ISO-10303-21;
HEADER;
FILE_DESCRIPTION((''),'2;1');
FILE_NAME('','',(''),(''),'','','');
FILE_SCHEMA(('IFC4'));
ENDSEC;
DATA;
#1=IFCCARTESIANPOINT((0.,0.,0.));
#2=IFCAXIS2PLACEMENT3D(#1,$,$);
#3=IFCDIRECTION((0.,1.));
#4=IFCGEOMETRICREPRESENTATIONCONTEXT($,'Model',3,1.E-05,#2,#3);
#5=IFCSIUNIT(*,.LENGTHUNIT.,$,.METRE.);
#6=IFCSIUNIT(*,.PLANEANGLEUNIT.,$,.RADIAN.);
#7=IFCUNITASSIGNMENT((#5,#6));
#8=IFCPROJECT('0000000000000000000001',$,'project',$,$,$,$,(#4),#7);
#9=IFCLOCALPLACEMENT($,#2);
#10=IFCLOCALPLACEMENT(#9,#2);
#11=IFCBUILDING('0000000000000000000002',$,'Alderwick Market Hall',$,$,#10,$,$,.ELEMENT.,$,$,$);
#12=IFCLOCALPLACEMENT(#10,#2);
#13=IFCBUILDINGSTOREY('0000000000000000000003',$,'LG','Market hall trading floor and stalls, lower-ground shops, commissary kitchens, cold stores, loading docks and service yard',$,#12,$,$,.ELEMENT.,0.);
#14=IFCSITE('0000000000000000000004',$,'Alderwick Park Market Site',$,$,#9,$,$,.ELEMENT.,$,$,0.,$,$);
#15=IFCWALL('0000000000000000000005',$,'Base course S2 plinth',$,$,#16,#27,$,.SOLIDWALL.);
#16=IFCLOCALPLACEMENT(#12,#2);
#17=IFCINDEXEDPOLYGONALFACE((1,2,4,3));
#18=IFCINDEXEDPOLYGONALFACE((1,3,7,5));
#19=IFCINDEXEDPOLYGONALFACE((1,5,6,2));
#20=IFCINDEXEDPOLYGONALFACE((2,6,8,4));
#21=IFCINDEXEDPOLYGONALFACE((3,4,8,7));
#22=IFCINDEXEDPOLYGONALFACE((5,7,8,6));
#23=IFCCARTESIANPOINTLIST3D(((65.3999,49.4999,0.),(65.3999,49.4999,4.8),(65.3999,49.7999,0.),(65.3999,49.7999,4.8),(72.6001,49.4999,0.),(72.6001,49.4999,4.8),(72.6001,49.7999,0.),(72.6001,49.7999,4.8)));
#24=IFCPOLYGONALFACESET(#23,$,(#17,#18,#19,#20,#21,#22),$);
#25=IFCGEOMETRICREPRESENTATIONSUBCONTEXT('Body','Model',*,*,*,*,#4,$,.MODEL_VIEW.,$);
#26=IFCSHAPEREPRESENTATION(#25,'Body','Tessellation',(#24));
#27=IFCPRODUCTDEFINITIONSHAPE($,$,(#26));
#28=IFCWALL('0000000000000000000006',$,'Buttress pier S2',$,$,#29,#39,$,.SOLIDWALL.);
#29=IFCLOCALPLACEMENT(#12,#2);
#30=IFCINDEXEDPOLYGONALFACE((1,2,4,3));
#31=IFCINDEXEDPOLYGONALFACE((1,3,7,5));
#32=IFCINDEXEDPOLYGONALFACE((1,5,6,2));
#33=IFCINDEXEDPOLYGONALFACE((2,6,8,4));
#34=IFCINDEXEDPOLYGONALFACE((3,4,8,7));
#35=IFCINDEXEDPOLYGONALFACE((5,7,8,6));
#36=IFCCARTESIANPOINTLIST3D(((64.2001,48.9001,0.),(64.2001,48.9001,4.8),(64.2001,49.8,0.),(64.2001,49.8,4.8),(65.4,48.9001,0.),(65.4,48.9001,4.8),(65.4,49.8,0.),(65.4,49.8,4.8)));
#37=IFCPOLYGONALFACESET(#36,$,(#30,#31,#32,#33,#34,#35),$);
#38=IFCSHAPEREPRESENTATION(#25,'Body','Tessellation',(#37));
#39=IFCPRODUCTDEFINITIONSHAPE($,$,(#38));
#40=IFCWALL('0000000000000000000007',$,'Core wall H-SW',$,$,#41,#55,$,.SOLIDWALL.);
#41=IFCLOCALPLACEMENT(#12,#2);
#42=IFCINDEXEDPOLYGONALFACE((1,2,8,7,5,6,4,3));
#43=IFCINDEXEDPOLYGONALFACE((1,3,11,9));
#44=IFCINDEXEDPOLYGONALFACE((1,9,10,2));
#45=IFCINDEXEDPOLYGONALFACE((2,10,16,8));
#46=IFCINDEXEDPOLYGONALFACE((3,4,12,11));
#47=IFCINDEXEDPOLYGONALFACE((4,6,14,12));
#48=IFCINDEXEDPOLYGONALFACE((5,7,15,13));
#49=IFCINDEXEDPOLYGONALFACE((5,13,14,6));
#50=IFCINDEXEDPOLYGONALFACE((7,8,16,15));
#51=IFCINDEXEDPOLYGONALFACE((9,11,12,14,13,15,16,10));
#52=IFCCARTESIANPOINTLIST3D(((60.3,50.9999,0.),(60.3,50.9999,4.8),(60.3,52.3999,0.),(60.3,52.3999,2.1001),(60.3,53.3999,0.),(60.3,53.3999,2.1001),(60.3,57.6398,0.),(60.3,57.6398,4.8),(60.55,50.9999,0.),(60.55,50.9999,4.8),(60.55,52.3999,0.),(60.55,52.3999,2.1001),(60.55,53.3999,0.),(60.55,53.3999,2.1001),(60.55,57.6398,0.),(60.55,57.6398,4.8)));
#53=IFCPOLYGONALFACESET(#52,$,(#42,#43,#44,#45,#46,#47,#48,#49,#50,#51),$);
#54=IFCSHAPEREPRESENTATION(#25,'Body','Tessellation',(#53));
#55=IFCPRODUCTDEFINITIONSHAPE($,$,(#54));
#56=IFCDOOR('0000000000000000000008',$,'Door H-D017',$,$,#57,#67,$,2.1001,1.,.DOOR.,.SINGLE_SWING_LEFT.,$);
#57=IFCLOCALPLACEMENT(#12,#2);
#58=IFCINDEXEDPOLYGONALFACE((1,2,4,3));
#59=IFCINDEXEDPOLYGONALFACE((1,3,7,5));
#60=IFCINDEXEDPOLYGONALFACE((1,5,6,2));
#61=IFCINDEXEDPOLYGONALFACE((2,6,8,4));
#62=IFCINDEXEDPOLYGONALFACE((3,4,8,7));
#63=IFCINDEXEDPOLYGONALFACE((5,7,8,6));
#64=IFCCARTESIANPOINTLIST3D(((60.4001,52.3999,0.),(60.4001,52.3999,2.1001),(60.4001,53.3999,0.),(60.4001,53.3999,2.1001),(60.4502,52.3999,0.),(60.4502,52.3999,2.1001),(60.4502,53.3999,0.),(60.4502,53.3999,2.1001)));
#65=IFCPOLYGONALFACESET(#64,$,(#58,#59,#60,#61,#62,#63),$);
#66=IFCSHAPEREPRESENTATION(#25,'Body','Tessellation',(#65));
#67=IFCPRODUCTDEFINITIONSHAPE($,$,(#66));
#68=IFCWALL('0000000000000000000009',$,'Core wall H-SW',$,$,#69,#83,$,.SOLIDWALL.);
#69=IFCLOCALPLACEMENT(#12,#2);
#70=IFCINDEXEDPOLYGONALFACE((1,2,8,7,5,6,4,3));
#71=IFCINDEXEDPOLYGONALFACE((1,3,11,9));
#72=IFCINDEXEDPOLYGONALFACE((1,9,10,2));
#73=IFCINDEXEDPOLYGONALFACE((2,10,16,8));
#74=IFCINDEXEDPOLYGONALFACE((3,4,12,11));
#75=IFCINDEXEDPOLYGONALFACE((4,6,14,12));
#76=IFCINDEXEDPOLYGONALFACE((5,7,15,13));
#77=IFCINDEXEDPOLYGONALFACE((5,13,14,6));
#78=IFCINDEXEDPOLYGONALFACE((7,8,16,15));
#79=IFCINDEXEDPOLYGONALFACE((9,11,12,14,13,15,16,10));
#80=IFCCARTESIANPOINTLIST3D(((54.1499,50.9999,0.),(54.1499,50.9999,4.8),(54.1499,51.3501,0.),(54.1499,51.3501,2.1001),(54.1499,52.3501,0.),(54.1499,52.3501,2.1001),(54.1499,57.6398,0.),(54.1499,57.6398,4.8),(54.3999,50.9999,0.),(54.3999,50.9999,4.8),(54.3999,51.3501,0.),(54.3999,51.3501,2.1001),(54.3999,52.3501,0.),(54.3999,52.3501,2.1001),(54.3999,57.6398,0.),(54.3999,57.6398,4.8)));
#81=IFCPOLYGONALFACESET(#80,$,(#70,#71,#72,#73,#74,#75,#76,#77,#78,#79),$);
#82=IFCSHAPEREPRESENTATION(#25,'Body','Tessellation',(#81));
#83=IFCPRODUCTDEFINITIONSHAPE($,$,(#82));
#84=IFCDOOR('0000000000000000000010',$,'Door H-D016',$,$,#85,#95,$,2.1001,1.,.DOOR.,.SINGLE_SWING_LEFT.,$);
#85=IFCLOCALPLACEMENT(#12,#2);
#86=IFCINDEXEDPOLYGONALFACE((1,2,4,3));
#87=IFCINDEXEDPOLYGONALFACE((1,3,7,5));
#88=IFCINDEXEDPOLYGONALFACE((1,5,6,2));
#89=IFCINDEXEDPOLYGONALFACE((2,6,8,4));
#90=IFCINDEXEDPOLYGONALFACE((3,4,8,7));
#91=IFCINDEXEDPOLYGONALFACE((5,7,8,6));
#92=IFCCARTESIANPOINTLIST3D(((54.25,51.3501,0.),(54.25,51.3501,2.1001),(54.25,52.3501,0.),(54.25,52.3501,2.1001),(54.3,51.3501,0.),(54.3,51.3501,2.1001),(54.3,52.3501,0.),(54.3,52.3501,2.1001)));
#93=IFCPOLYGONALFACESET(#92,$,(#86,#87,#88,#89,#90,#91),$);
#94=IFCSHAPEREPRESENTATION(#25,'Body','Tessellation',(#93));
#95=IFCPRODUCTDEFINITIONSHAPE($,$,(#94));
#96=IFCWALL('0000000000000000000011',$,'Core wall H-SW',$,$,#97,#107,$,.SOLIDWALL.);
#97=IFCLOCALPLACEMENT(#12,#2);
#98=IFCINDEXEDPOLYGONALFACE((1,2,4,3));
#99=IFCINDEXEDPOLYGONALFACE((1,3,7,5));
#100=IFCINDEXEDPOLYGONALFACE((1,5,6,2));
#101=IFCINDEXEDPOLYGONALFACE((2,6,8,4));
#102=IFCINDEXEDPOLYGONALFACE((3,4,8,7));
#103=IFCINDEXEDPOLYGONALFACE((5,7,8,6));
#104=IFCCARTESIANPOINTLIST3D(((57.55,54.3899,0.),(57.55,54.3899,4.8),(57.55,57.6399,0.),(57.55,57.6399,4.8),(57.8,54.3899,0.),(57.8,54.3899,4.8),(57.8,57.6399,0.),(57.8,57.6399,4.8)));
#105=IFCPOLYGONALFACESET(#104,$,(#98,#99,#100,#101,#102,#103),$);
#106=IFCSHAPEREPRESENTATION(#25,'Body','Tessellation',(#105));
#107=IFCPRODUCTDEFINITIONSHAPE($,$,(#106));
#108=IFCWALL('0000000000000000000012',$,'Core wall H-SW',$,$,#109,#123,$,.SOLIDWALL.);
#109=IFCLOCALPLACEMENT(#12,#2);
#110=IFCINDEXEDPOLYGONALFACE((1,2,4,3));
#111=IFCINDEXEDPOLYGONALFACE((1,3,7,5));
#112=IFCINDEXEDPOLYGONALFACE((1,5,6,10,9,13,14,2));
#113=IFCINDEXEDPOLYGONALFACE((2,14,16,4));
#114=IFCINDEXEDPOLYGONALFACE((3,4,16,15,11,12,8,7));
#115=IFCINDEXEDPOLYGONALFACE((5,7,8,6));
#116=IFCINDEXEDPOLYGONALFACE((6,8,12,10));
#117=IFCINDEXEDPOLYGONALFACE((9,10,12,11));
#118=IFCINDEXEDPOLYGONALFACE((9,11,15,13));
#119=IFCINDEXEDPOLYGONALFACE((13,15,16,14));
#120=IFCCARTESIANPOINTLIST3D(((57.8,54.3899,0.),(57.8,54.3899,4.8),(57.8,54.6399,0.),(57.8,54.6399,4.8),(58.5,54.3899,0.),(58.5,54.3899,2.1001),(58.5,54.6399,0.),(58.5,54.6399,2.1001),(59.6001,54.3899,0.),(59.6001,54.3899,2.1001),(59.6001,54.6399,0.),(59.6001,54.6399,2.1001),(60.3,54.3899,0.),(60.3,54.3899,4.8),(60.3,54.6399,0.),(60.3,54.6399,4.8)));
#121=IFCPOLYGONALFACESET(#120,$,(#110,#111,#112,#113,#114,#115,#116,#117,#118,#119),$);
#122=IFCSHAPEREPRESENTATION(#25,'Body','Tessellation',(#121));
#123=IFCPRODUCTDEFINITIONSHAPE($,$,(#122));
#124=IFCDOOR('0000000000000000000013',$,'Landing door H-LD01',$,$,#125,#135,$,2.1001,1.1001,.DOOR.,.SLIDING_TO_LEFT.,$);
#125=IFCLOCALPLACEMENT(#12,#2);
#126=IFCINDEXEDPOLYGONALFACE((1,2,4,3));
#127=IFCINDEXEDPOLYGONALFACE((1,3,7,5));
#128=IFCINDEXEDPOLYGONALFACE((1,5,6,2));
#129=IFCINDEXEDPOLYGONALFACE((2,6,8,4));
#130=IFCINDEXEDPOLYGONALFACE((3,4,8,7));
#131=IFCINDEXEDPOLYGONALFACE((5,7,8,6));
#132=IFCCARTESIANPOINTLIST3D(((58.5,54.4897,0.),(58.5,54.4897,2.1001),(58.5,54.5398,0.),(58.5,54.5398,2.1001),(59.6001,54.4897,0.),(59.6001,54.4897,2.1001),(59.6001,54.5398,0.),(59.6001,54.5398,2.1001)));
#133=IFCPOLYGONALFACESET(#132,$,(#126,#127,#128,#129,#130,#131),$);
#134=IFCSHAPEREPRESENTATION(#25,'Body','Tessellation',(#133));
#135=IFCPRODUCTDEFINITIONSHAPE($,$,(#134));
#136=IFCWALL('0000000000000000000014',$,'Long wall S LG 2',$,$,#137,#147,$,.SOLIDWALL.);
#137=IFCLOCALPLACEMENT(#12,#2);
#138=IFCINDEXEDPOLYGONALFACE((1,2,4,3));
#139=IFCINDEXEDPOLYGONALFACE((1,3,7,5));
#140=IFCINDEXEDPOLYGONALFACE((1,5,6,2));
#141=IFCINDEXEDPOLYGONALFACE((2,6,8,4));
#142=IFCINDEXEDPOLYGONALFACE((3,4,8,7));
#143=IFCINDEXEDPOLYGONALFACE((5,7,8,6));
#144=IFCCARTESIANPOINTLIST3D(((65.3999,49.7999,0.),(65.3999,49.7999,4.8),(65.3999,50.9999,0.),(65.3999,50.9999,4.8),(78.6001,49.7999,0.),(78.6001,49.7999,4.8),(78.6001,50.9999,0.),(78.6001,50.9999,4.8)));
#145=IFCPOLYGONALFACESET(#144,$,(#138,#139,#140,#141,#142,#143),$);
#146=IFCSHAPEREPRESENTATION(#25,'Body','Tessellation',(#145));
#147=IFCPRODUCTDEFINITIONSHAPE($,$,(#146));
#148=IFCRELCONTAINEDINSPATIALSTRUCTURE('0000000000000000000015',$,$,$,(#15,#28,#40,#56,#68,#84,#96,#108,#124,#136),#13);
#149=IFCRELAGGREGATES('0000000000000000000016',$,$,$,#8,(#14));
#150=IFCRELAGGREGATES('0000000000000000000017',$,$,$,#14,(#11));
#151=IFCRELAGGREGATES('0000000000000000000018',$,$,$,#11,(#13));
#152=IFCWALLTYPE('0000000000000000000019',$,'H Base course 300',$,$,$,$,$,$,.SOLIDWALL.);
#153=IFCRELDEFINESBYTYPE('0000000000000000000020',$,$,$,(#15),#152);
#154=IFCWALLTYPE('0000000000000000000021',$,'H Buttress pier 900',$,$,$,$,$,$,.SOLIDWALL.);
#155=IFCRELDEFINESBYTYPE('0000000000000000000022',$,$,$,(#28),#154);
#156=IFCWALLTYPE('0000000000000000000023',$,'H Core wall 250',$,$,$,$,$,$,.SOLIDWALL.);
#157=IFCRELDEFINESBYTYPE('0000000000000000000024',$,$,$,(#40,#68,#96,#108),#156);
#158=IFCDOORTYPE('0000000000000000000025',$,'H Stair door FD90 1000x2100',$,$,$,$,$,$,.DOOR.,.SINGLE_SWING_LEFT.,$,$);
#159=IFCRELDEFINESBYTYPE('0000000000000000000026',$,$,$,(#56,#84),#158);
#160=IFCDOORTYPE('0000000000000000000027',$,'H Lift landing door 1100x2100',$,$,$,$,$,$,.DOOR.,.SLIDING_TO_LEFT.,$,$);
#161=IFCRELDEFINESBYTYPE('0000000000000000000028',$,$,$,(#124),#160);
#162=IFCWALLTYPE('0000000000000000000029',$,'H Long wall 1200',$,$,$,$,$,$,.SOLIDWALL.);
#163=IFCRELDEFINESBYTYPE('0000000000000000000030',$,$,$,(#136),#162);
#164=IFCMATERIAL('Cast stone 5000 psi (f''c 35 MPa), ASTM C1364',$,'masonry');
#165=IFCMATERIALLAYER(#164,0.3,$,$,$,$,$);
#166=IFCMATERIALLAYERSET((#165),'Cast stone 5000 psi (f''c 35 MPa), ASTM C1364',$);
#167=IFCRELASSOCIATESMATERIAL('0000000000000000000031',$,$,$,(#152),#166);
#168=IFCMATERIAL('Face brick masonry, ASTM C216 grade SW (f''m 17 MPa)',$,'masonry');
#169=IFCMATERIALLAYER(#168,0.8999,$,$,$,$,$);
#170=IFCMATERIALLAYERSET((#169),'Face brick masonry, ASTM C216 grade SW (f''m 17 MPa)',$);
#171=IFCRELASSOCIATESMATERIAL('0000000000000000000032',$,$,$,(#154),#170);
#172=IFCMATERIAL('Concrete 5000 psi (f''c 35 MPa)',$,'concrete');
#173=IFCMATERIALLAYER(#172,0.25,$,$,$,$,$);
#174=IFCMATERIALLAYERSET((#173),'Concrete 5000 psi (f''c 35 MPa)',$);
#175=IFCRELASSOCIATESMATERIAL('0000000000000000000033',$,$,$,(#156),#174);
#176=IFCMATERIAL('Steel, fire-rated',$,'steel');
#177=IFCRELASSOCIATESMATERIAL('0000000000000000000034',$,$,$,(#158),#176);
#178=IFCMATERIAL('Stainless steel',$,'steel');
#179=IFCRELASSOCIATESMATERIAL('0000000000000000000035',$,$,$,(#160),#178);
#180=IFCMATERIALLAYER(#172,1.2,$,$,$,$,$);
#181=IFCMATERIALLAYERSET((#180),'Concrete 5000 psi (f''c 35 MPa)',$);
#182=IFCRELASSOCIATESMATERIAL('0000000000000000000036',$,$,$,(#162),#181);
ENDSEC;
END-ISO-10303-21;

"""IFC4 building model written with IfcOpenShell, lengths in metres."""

from ifc_helpers import new_model, si_unit, direction, frame, frame_2d, origin, place, context, subcontext, project, spatial, rectangle, extrude, material, layer, layer_set, type_object, element, fill, save


model = new_model("IFC4")

# Units and contexts
model_context = context("Model", 3, precision=1e-05, world=origin(), true_north=direction((0.0, 1.0)))
body_context = subcontext(model_context, "Body", "Model", "MODEL_VIEW")
ifc_project = project(units=[si_unit("LENGTHUNIT", "METRE"), si_unit("PLANEANGLEUNIT", "RADIAN")], contexts=[model_context])

# Site, building, storey
site_placement = place(None, origin())
site = spatial("IfcSite", under=ifc_project, at=site_placement, Name="Alderwick Park Market Site", CompositionType="ELEMENT", RefElevation=0.0)
building_placement = place(site_placement, origin())
building = spatial("IfcBuilding", under=site, at=building_placement, Name="Alderwick Market Hall", CompositionType="ELEMENT")
storey_placement = place(building_placement, origin())
storey = spatial("IfcBuildingStorey", under=building, at=storey_placement, Name="LG", Description="Market hall trading floor and stalls, lower-ground shops, commissary kitchens, cold stores, loading docks and service yard", CompositionType="ELEMENT", Elevation=0.0)

# Shared definitions
ifc_material_1 = material(Name="Concrete 5000 psi (f'c 35 MPa)", Category="concrete")

# Walls
ifc_material_2 = material(Name="Cast stone 5000 psi (f'c 35 MPa), ASTM C1364", Category="masonry")
ifc_layer_1 = layer(ifc_material_2, 0.3)
ifc_layer_set_1 = layer_set([ifc_layer_1], Name="Cast stone 5000 psi (f'c 35 MPa), ASTM C1364")
wall_type_1 = type_object("IfcWallType", Name="H Base course 300", PredefinedType="SOLIDWALL", material=ifc_layer_set_1)
wall_1_placement = place(storey_placement, frame((65.3999, 49.6499, 0.0), z_axis=(0.0, 0.0, 1.0), x_axis=(1.0, 0.0, 0.0)))
element("IfcWall", 1, at=wall_1_placement, inside=storey, type_object=wall_type_1, Name="Base course S2 plinth", PredefinedType="SOLIDWALL", context=body_context, shape_type="SweptSolid", body=[
    extrude(rectangle(XDim=7.2002, YDim=0.3, at=frame_2d((3.6001, 0.0))), origin(), (0.0, 0.0, 1.0), 4.8),
])
ifc_material_3 = material(Name="Face brick masonry, ASTM C216 grade SW (f'm 17 MPa)", Category="masonry")
ifc_layer_2 = layer(ifc_material_3, 0.8999)
ifc_layer_set_2 = layer_set([ifc_layer_2], Name="Face brick masonry, ASTM C216 grade SW (f'm 17 MPa)")
wall_type_2 = type_object("IfcWallType", Name="H Buttress pier 900", PredefinedType="SOLIDWALL", material=ifc_layer_set_2)
wall_2_placement = place(storey_placement, frame((64.2, 49.3501, 0.0), z_axis=(0.0, 0.0, 1.0), x_axis=(1.0, 0.0, 0.0)))
element("IfcWall", 2, at=wall_2_placement, inside=storey, type_object=wall_type_2, Name="Buttress pier S2", PredefinedType="SOLIDWALL", context=body_context, shape_type="SweptSolid", body=[
    extrude(rectangle(XDim=1.2, YDim=0.8999, at=frame_2d((0.6001, 0.0))), origin(), (0.0, 0.0, 1.0), 4.8),
])

# Walls, openings, doors
ifc_layer_3 = layer(ifc_material_1, 0.25)
ifc_layer_set_3 = layer_set([ifc_layer_3], Name="Concrete 5000 psi (f'c 35 MPa)")
wall_type_3 = type_object("IfcWallType", Name="H Core wall 250", PredefinedType="SOLIDWALL", material=ifc_layer_set_3)
wall_3_placement = place(storey_placement, frame((60.425, 51.0, 0.0), z_axis=(0.0, 0.0, 1.0), x_axis=(0.0, 1.0, 0.0)))
wall_3 = element("IfcWall", 3, at=wall_3_placement, inside=storey, type_object=wall_type_3, Name="Core wall H-SW", PredefinedType="SOLIDWALL", context=body_context, shape_type="SweptSolid", body=[
    extrude(rectangle(XDim=6.6399, YDim=0.25, at=frame_2d((3.3198, 0.0))), origin(), (0.0, 0.0, 1.0), 4.8),
])
opening_1_placement = place(wall_3_placement, frame((1.3999, 0.0, 0.0)))
opening_1 = element("IfcOpeningElement", 4, at=opening_1_placement, cuts=wall_3, PredefinedType="OPENING", context=body_context, shape_type="SweptSolid", body=[
    extrude(rectangle(XDim=1.0, YDim=2.1001, at=frame_2d((0.5, 1.05))), frame((0.0, 0.135, 0.0), z_axis=(0.0, -1.0, 0.0), x_axis=(1.0, 0.0, 0.0)), (0.0, 0.0, 1.0), 0.27),
])
ifc_material_4 = material(Name="Steel, fire-rated", Category="steel")
door_type_1 = type_object("IfcDoorType", Name="H Stair door FD90 1000x2100", OperationType="SINGLE_SWING_LEFT", PredefinedType="DOOR", material=ifc_material_4)
door_1_placement = place(opening_1_placement, origin())
door_1 = element("IfcDoor", 5, at=door_1_placement, inside=storey, type_object=door_type_1, Name="Door H-D017", OperationType="SINGLE_SWING_LEFT", OverallHeight=2.1001, OverallWidth=1.0, PredefinedType="DOOR", context=body_context, shape_type="SweptSolid", body=[
    extrude(rectangle(XDim=1.0, YDim=2.1001, at=frame_2d((0.5, 1.05))), frame((0.0, 0.0249, 0.0), z_axis=(0.0, -1.0, 0.0), x_axis=(1.0, 0.0, 0.0)), (0.0, 0.0, 1.0), 0.05),
])
fill(opening_1, door_1)
wall_4_placement = place(storey_placement, frame((54.2749, 51.0, 0.0), z_axis=(0.0, 0.0, 1.0), x_axis=(0.0, 1.0, 0.0)))
wall_4 = element("IfcWall", 6, at=wall_4_placement, inside=storey, type_object=wall_type_3, Name="Core wall H-SW", PredefinedType="SOLIDWALL", context=body_context, shape_type="SweptSolid", body=[
    extrude(rectangle(XDim=6.6399, YDim=0.25, at=frame_2d((3.3198, 0.0))), origin(), (0.0, 0.0, 1.0), 4.8),
])
opening_2_placement = place(wall_4_placement, frame((0.3501, 0.0, 0.0)))
opening_2 = element("IfcOpeningElement", 7, at=opening_2_placement, cuts=wall_4, PredefinedType="OPENING", context=body_context, shape_type="SweptSolid", body=[
    extrude(rectangle(XDim=1.0, YDim=2.1001, at=frame_2d((0.5, 1.05))), frame((0.0, 0.135, 0.0), z_axis=(0.0, -1.0, 0.0), x_axis=(1.0, 0.0, 0.0)), (0.0, 0.0, 1.0), 0.27),
])
door_2_placement = place(opening_2_placement, origin())
door_2 = element("IfcDoor", 8, at=door_2_placement, inside=storey, type_object=door_type_1, Name="Door H-D016", OperationType="SINGLE_SWING_LEFT", OverallHeight=2.1001, OverallWidth=1.0, PredefinedType="DOOR", context=body_context, shape_type="SweptSolid", body=[
    extrude(rectangle(XDim=1.0, YDim=2.1001, at=frame_2d((0.5, 1.05))), frame((0.0, 0.0249, 0.0), z_axis=(0.0, -1.0, 0.0), x_axis=(1.0, 0.0, 0.0)), (0.0, 0.0, 1.0), 0.05),
])
fill(opening_2, door_2)

# Wall
wall_5_placement = place(storey_placement, frame((57.675, 54.3899, 0.0), z_axis=(0.0, 0.0, 1.0), x_axis=(0.0, 1.0, 0.0)))
element("IfcWall", 9, at=wall_5_placement, inside=storey, type_object=wall_type_3, Name="Core wall H-SW", PredefinedType="SOLIDWALL", context=body_context, shape_type="SweptSolid", body=[
    extrude(rectangle(XDim=3.25, YDim=0.25, at=frame_2d((1.625, 0.0))), origin(), (0.0, 0.0, 1.0), 4.8),
])

# Wall, opening, door
wall_6_placement = place(storey_placement, frame((57.8, 54.5149, 0.0), z_axis=(0.0, 0.0, 1.0), x_axis=(1.0, 0.0, 0.0)))
wall_6 = element("IfcWall", 10, at=wall_6_placement, inside=storey, type_object=wall_type_3, Name="Core wall H-SW", PredefinedType="SOLIDWALL", context=body_context, shape_type="SweptSolid", body=[
    extrude(rectangle(XDim=2.5, YDim=0.25, at=frame_2d((1.25, 0.0))), origin(), (0.0, 0.0, 1.0), 4.8),
])
opening_3_placement = place(wall_6_placement, frame((0.7, 0.0, 0.0)))
opening_3 = element("IfcOpeningElement", 11, at=opening_3_placement, cuts=wall_6, PredefinedType="OPENING", context=body_context, shape_type="SweptSolid", body=[
    extrude(rectangle(XDim=1.1001, YDim=2.1001, at=frame_2d((0.55, 1.05))), frame((0.0, 0.135, 0.0), z_axis=(0.0, -1.0, 0.0), x_axis=(1.0, 0.0, 0.0)), (0.0, 0.0, 1.0), 0.27),
])
ifc_material_5 = material(Name="Stainless steel", Category="steel")
door_type_2 = type_object("IfcDoorType", Name="H Lift landing door 1100x2100", OperationType="SLIDING_TO_LEFT", PredefinedType="DOOR", material=ifc_material_5)
door_3_placement = place(opening_3_placement, origin())
door_3 = element("IfcDoor", 12, at=door_3_placement, inside=storey, type_object=door_type_2, Name="Landing door H-LD01", OperationType="SLIDING_TO_LEFT", OverallHeight=2.1001, OverallWidth=1.1001, PredefinedType="DOOR", context=body_context, shape_type="SweptSolid", body=[
    extrude(rectangle(XDim=1.1001, YDim=2.1001, at=frame_2d((0.55, 1.05))), frame((0.0, 0.0249, 0.0), z_axis=(0.0, -1.0, 0.0), x_axis=(1.0, 0.0, 0.0)), (0.0, 0.0, 1.0), 0.05),
])
fill(opening_3, door_3)

# Wall
ifc_layer_4 = layer(ifc_material_1, 1.2)
ifc_layer_set_4 = layer_set([ifc_layer_4], Name="Concrete 5000 psi (f'c 35 MPa)")
wall_type_4 = type_object("IfcWallType", Name="H Long wall 1200", PredefinedType="SOLIDWALL", material=ifc_layer_set_4)
wall_7_placement = place(storey_placement, frame((65.3999, 50.3999, 0.0), z_axis=(0.0, 0.0, 1.0), x_axis=(1.0, 0.0, 0.0)))
element("IfcWall", 13, at=wall_7_placement, inside=storey, type_object=wall_type_4, Name="Long wall S LG 2", PredefinedType="SOLIDWALL", context=body_context, shape_type="SweptSolid", body=[
    extrude(rectangle(XDim=13.2002, YDim=1.2, at=frame_2d((6.6001, 0.0))), origin(), (0.0, 0.0, 1.0), 4.8),
])

save(model, "model.ifc")
